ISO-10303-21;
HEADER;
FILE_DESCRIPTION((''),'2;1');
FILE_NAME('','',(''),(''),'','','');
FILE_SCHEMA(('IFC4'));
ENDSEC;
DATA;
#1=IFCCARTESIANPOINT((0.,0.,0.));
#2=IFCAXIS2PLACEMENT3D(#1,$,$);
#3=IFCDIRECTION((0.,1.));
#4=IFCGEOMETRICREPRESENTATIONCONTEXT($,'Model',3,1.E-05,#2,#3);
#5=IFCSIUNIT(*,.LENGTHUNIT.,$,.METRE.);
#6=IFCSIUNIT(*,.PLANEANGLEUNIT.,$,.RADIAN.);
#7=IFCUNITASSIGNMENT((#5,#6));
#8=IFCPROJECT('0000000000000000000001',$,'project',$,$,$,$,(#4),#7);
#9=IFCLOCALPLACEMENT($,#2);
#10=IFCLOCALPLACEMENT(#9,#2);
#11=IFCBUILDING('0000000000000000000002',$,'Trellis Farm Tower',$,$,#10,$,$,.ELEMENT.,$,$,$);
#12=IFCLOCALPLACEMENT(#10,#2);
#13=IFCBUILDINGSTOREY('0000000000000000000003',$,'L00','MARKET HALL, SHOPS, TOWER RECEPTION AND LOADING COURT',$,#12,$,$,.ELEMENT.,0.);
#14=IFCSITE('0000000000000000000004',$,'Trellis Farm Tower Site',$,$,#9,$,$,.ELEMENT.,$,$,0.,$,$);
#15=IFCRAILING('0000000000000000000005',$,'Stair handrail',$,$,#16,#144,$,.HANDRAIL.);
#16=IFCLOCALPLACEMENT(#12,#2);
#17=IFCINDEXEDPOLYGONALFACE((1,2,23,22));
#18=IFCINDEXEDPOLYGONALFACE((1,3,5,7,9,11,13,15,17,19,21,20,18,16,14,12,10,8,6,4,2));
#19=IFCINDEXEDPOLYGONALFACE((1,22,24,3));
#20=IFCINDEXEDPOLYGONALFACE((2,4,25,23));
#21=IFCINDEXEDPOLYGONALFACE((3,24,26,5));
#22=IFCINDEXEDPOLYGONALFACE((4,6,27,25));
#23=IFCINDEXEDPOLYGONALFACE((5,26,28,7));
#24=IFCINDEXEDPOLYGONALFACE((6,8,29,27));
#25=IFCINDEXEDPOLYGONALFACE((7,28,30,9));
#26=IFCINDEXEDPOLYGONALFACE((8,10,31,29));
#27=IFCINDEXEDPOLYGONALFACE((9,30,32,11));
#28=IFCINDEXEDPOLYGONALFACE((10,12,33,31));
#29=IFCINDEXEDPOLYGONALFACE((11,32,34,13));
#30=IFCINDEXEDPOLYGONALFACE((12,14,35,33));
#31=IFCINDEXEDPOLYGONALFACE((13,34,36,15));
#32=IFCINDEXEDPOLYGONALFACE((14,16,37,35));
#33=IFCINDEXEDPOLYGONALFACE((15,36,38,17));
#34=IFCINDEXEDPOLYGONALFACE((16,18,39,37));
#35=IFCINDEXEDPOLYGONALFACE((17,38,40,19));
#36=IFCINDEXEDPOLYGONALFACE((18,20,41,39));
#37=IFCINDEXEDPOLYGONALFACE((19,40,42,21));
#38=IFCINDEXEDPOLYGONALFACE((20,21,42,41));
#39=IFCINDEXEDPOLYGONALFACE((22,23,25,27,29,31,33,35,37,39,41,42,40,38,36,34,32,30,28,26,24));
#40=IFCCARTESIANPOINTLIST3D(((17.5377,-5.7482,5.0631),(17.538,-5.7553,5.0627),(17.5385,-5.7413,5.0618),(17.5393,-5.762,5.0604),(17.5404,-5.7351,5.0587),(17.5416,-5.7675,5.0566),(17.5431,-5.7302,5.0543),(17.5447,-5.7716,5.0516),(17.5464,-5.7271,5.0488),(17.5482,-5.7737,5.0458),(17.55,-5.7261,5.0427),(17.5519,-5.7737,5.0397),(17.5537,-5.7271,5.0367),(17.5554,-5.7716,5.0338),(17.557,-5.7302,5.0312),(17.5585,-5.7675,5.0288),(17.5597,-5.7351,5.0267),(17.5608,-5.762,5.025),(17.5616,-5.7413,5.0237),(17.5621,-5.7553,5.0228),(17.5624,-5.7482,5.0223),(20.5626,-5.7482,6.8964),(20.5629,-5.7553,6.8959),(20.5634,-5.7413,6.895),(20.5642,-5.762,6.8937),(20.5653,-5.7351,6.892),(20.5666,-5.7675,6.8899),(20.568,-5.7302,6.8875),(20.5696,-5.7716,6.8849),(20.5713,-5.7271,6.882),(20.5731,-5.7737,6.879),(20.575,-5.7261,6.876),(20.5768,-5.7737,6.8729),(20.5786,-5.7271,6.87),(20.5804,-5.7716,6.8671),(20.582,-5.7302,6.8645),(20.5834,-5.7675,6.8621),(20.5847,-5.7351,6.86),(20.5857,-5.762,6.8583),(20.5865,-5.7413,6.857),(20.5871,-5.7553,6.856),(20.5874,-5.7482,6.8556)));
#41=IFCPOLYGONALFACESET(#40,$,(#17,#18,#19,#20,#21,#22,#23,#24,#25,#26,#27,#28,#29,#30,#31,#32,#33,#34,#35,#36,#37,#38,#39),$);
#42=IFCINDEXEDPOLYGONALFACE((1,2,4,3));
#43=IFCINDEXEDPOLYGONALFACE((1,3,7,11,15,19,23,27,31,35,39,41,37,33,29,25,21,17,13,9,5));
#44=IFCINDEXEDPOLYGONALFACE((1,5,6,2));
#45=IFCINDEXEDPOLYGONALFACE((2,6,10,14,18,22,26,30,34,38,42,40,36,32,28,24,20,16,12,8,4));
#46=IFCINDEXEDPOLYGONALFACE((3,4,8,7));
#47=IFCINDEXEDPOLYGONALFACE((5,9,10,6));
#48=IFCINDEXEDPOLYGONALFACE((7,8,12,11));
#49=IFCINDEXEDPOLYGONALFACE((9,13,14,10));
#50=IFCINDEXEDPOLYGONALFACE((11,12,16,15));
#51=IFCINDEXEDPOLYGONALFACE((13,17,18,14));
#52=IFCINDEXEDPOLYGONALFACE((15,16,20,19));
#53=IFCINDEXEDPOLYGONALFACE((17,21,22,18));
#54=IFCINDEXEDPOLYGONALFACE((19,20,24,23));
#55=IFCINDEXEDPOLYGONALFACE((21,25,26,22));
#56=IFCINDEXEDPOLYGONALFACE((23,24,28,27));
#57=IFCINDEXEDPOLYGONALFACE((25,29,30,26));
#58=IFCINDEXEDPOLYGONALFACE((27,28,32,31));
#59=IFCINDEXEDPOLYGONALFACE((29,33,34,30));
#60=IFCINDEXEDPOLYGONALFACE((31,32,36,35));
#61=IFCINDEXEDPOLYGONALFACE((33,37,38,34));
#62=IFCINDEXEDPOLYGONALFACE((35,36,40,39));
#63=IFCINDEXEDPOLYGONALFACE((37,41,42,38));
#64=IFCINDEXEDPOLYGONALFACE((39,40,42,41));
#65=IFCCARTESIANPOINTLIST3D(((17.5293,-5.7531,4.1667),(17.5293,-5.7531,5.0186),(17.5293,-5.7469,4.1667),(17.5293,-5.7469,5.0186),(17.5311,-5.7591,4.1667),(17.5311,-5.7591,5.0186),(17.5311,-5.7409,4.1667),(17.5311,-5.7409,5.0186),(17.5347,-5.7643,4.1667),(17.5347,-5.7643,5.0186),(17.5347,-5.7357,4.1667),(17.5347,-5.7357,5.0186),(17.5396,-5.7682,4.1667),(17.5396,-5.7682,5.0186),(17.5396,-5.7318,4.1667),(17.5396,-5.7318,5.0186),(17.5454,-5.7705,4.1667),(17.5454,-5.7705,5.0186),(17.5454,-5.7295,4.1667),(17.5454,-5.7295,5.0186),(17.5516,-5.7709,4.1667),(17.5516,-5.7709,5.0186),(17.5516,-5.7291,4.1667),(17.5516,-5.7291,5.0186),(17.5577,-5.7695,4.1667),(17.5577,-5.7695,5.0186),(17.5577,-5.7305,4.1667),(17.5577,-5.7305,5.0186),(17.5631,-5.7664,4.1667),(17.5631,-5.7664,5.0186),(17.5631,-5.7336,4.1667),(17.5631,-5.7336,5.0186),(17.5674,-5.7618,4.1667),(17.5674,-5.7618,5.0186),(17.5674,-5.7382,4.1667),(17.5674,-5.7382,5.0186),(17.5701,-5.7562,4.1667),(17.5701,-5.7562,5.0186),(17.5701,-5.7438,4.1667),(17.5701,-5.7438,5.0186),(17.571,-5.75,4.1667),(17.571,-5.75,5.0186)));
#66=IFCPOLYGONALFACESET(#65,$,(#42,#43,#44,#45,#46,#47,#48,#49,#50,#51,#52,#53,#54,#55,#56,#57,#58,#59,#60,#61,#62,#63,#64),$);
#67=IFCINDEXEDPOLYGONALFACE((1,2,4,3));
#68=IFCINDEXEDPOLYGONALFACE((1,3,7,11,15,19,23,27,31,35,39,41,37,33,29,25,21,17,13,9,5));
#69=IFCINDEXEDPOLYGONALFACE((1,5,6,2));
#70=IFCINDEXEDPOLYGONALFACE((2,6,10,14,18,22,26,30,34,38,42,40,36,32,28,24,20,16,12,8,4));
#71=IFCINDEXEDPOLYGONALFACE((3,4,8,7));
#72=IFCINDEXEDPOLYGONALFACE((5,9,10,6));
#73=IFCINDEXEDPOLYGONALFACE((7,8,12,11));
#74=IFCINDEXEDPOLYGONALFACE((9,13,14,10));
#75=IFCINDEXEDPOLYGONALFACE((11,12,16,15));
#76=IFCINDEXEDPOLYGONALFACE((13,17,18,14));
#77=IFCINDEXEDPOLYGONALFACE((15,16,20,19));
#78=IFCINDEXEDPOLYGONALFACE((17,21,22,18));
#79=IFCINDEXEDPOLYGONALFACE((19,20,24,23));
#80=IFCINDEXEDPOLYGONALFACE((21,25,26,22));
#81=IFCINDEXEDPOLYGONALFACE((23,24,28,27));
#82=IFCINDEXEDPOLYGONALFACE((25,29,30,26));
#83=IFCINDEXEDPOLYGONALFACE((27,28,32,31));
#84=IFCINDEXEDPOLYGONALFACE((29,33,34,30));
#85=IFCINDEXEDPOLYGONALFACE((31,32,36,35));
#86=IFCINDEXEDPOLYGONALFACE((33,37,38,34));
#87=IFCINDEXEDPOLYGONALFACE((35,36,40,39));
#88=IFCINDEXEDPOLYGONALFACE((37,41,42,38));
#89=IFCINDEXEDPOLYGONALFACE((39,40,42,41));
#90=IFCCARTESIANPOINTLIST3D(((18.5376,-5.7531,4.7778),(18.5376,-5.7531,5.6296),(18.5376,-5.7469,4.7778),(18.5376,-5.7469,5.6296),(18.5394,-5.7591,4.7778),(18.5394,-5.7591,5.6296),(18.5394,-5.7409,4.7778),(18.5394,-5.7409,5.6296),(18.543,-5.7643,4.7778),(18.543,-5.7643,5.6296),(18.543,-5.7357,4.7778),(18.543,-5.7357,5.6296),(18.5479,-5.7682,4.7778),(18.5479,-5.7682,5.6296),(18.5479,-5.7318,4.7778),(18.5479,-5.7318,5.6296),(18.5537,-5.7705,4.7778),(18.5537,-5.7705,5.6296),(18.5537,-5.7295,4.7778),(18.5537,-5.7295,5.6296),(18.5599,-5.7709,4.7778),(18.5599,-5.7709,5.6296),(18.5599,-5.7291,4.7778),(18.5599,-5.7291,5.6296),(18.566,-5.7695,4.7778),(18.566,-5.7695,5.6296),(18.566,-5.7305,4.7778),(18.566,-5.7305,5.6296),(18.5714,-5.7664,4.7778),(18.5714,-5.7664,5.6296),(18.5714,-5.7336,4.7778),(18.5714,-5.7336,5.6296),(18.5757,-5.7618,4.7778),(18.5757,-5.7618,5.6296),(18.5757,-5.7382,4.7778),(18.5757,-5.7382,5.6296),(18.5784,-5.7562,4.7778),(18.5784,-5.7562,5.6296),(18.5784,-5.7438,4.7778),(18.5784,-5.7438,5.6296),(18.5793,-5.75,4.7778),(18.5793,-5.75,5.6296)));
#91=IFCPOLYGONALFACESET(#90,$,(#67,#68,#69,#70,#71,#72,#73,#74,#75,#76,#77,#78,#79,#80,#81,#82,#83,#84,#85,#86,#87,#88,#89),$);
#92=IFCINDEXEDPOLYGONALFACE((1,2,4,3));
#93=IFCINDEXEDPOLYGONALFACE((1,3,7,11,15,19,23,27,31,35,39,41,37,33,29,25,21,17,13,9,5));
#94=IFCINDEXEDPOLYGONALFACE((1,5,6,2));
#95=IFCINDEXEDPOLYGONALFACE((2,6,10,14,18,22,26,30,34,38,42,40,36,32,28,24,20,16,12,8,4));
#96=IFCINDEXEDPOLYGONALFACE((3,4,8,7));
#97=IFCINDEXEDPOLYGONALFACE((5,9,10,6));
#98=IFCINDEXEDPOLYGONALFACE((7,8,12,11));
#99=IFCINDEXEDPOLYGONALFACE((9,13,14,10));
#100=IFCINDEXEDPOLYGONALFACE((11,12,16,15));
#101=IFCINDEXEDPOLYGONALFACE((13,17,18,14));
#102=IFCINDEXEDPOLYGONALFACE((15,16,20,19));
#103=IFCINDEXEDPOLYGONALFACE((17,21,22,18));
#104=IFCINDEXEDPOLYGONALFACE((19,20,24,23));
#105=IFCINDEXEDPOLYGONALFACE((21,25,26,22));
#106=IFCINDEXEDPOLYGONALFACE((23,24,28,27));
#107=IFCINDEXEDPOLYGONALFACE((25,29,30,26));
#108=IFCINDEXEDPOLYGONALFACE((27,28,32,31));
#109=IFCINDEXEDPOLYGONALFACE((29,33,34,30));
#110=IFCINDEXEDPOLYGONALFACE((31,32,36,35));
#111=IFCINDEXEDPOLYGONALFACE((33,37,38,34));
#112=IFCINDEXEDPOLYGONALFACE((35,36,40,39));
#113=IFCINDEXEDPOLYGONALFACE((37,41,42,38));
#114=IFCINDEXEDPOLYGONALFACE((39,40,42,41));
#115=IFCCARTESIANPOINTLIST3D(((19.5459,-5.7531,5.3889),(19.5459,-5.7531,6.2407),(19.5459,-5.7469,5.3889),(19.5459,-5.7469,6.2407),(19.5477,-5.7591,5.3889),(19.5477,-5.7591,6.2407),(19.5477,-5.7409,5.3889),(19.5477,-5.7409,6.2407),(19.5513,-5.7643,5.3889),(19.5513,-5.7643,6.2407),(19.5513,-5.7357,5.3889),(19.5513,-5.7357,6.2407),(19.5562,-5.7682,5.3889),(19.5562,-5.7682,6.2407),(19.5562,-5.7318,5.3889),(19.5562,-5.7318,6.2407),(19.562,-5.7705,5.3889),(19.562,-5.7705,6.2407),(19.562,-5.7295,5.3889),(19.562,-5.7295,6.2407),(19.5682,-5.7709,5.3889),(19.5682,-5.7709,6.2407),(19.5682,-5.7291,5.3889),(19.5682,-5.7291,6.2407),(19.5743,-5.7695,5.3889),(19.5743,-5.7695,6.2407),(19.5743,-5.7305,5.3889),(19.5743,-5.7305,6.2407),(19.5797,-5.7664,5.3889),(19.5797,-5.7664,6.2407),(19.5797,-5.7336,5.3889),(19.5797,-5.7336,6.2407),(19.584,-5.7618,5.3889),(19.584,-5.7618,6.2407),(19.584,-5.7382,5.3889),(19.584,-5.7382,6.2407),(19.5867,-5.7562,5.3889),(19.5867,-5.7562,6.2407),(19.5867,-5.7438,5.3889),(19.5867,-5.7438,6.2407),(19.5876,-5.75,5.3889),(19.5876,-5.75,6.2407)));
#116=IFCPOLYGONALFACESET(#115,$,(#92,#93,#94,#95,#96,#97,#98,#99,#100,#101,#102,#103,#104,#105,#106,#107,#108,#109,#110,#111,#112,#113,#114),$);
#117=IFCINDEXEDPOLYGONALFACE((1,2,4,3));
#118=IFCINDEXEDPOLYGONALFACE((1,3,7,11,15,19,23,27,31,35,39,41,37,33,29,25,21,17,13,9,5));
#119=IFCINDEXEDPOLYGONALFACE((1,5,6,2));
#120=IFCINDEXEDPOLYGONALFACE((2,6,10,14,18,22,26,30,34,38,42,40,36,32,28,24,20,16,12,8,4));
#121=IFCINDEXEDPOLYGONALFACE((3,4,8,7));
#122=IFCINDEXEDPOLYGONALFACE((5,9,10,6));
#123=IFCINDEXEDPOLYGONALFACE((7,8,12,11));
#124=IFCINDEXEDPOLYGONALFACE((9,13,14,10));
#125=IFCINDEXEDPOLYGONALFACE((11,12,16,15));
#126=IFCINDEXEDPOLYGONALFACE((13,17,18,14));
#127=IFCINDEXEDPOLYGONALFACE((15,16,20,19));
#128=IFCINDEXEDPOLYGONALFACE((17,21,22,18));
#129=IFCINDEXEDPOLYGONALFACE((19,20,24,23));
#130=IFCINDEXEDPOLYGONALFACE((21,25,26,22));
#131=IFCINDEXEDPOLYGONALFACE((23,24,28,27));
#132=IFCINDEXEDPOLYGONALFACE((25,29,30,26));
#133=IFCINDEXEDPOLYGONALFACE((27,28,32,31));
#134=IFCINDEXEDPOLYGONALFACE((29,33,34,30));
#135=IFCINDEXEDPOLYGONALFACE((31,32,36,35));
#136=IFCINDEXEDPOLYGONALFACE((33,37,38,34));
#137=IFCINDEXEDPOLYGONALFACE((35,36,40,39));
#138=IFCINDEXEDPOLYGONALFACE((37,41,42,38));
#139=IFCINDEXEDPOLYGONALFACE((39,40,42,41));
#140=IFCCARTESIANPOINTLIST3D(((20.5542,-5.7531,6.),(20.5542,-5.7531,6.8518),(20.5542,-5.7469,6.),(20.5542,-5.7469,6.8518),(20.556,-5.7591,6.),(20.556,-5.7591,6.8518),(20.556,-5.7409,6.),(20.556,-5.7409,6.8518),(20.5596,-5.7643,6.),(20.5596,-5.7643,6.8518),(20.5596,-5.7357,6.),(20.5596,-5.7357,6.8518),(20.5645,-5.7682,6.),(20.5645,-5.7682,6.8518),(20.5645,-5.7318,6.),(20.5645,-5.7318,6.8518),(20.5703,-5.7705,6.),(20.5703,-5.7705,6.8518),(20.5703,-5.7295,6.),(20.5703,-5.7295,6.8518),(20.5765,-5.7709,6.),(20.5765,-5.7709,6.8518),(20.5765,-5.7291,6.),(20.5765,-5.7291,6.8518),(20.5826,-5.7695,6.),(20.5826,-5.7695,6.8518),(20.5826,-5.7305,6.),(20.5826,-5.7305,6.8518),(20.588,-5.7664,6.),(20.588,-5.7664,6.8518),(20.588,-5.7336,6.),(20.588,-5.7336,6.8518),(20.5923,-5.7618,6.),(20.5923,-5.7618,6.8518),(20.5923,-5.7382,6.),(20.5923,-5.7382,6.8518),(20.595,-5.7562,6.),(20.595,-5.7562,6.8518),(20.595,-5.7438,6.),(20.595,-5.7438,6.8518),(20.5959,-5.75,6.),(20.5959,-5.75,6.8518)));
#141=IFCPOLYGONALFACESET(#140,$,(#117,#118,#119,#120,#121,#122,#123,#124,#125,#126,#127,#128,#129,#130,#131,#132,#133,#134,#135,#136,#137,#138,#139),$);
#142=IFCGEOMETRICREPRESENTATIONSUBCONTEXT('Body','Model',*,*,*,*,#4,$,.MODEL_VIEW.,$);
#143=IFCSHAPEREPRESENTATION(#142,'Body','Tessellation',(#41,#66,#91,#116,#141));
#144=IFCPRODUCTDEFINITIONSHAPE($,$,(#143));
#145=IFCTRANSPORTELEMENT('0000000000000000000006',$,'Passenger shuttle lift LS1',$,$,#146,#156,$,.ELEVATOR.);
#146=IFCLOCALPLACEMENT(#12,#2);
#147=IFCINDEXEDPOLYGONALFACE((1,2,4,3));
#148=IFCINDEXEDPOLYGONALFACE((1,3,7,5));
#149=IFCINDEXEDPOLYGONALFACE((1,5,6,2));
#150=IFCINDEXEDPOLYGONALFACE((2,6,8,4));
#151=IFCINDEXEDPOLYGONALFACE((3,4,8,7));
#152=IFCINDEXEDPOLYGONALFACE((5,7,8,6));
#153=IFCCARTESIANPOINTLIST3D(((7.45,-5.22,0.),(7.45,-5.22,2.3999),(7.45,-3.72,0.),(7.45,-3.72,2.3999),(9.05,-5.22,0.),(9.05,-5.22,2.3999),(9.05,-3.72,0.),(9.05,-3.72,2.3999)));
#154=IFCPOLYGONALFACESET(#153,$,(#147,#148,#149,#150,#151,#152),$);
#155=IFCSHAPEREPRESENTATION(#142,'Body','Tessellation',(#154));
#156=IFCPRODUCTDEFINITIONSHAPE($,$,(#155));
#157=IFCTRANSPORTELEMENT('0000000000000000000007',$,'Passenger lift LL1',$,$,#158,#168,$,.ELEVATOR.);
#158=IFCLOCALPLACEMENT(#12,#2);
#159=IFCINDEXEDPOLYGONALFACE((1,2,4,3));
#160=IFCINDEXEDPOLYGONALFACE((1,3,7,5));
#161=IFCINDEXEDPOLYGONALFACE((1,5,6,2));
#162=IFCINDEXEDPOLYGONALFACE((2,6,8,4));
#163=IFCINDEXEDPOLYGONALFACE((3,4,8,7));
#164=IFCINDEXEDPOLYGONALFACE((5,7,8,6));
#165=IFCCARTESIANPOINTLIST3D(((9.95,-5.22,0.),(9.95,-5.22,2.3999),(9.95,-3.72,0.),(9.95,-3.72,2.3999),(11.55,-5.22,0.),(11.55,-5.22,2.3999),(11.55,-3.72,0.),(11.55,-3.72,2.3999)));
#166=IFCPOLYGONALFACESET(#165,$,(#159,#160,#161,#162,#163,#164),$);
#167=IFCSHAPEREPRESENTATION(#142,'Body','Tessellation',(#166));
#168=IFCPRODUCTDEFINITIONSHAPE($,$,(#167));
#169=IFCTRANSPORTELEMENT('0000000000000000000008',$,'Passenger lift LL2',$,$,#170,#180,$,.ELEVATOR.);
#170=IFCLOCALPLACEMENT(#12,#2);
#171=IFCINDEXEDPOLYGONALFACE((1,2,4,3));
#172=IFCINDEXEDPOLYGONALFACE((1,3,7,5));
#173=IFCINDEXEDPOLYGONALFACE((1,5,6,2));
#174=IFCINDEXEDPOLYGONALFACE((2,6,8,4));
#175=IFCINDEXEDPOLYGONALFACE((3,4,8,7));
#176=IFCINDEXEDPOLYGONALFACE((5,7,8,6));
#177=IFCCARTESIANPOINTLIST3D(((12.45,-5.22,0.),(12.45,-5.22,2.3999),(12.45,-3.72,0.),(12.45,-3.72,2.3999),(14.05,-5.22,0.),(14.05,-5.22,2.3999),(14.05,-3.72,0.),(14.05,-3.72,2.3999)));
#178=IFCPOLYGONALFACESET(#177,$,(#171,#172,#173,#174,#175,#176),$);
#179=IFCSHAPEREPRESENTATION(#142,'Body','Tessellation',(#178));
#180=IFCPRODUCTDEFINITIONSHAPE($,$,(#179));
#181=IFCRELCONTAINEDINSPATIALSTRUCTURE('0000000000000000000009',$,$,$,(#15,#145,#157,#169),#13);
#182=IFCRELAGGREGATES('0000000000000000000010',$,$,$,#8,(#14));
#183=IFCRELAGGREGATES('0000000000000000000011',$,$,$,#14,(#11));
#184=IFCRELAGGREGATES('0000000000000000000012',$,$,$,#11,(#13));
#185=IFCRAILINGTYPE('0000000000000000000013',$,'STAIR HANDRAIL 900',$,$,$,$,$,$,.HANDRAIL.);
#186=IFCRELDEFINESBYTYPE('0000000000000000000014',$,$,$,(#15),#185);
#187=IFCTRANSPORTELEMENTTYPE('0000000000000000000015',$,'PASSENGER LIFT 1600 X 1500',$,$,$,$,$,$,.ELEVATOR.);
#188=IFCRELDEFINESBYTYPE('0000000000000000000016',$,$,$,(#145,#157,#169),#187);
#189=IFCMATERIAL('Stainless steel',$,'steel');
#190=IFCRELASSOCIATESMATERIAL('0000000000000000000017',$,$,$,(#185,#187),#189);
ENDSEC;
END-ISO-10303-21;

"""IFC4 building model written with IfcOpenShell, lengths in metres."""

from ifc_helpers import new_model, si_unit, direction, frame, origin, origin_2d, place, context, subcontext, project, spatial, rectangle, circle, extrude, source, transform, mapped, material, type_object, element, save


model = new_model("IFC4")

# Units and contexts
model_context = context("Model", 3, precision=1e-05, world=origin(), true_north=direction((0.0, 1.0)))
body_context = subcontext(model_context, "Body", "Model", "MODEL_VIEW")
ifc_project = project(units=[si_unit("LENGTHUNIT", "METRE"), si_unit("PLANEANGLEUNIT", "RADIAN")], contexts=[model_context])

# Site, building, storey
site_placement = place(None, origin())
site = spatial("IfcSite", under=ifc_project, at=site_placement, Name="Trellis Farm Tower Site", CompositionType="ELEMENT", RefElevation=0.0)
building_placement = place(site_placement, origin())
building = spatial("IfcBuilding", under=site, at=building_placement, Name="Trellis Farm Tower", CompositionType="ELEMENT")
storey_placement = place(building_placement, origin())
storey = spatial("IfcBuildingStorey", under=building, at=storey_placement, Name="L00", Description="MARKET HALL, SHOPS, TOWER RECEPTION AND LOADING COURT", CompositionType="ELEMENT", Elevation=0.0)

# Shared definitions
ifc_material_1 = material(Name="Stainless steel", Category="steel")

# Railing
railing_type = type_object("IfcRailingType", Name="STAIR HANDRAIL 900", PredefinedType="HANDRAIL", material=ifc_material_1)
shared_shape_1 = source(origin(), body_context, "Body", "SweptSolid", [
    extrude(circle(Radius=0.0239, at=origin_2d()), frame((0.0, 0.0, 0.876), z_axis=(0.855201, 0.0, 0.518297), x_axis=(0.0, 1.0, 0.0)), (0.0, 0.0, 1.0), 3.5371),
    extrude(circle(Radius=0.021, at=origin_2d()), origin(), (0.0, 0.0, 1.0), 0.8518),
    extrude(circle(Radius=0.021, at=origin_2d()), frame((1.0083, 0.0, 0.6111)), (0.0, 0.0, 1.0), 0.8518),
    extrude(circle(Radius=0.021, at=origin_2d()), frame((2.0166, 0.0, 1.2222)), (0.0, 0.0, 1.0), 0.8518),
    extrude(circle(Radius=0.021, at=origin_2d()), frame((3.0249, 0.0, 1.8333)), (0.0, 0.0, 1.0), 0.8518),
])
for number, where, name in (
    (1, (17.55, -5.75, 4.1667), "Stair handrail"),
):
    element("IfcRailing", number, at=place(storey_placement, frame(where)), inside=storey, type_object=railing_type, Name=name, PredefinedType="HANDRAIL", context=body_context, shape_type="MappedRepresentation", body=[
        mapped(shared_shape_1, transform((0.0, 0.0, 0.0))),
    ])

# Transport elements
transport_element_type = type_object("IfcTransportElementType", Name="PASSENGER LIFT 1600 X 1500", PredefinedType="ELEVATOR", material=ifc_material_1)
transport_element_placement = place(storey_placement, frame((8.25, -4.47, 0.0), z_axis=(0.0, 0.0, 1.0), x_axis=(1.0, 0.0, 0.0)))
element("IfcTransportElement", 2, at=transport_element_placement, inside=storey, type_object=transport_element_type, Name="Passenger shuttle lift LS1", PredefinedType="ELEVATOR", context=body_context, shape_type="SweptSolid", body=[
    extrude(rectangle(XDim=1.6001, YDim=1.5, at=origin_2d()), origin(), (0.0, 0.0, 1.0), 2.3999),
])
shared_shape_2 = source(origin(), body_context, "Body", "SweptSolid", [
    extrude(rectangle(XDim=1.6001, YDim=1.5, at=origin_2d()), origin(), (0.0, 0.0, 1.0), 2.3999),
])
for number, where, z_axis, x_axis, name in (
    (3, (10.75, -4.47, 0.0), (0.0, 0.0, 1.0), (1.0, 0.0, 0.0), "Passenger lift LL1"),
    (4, (13.25, -4.47, 0.0), (0.0, 0.0, 1.0), (1.0, 0.0, 0.0), "Passenger lift LL2"),
):
    element("IfcTransportElement", number, at=place(storey_placement, frame(where, z_axis=z_axis, x_axis=x_axis)), inside=storey, type_object=transport_element_type, Name=name, PredefinedType="ELEVATOR", context=body_context, shape_type="MappedRepresentation", body=[
        mapped(shared_shape_2, transform((0.0, 0.0, 0.0))),
    ])

save(model, "model.ifc")
